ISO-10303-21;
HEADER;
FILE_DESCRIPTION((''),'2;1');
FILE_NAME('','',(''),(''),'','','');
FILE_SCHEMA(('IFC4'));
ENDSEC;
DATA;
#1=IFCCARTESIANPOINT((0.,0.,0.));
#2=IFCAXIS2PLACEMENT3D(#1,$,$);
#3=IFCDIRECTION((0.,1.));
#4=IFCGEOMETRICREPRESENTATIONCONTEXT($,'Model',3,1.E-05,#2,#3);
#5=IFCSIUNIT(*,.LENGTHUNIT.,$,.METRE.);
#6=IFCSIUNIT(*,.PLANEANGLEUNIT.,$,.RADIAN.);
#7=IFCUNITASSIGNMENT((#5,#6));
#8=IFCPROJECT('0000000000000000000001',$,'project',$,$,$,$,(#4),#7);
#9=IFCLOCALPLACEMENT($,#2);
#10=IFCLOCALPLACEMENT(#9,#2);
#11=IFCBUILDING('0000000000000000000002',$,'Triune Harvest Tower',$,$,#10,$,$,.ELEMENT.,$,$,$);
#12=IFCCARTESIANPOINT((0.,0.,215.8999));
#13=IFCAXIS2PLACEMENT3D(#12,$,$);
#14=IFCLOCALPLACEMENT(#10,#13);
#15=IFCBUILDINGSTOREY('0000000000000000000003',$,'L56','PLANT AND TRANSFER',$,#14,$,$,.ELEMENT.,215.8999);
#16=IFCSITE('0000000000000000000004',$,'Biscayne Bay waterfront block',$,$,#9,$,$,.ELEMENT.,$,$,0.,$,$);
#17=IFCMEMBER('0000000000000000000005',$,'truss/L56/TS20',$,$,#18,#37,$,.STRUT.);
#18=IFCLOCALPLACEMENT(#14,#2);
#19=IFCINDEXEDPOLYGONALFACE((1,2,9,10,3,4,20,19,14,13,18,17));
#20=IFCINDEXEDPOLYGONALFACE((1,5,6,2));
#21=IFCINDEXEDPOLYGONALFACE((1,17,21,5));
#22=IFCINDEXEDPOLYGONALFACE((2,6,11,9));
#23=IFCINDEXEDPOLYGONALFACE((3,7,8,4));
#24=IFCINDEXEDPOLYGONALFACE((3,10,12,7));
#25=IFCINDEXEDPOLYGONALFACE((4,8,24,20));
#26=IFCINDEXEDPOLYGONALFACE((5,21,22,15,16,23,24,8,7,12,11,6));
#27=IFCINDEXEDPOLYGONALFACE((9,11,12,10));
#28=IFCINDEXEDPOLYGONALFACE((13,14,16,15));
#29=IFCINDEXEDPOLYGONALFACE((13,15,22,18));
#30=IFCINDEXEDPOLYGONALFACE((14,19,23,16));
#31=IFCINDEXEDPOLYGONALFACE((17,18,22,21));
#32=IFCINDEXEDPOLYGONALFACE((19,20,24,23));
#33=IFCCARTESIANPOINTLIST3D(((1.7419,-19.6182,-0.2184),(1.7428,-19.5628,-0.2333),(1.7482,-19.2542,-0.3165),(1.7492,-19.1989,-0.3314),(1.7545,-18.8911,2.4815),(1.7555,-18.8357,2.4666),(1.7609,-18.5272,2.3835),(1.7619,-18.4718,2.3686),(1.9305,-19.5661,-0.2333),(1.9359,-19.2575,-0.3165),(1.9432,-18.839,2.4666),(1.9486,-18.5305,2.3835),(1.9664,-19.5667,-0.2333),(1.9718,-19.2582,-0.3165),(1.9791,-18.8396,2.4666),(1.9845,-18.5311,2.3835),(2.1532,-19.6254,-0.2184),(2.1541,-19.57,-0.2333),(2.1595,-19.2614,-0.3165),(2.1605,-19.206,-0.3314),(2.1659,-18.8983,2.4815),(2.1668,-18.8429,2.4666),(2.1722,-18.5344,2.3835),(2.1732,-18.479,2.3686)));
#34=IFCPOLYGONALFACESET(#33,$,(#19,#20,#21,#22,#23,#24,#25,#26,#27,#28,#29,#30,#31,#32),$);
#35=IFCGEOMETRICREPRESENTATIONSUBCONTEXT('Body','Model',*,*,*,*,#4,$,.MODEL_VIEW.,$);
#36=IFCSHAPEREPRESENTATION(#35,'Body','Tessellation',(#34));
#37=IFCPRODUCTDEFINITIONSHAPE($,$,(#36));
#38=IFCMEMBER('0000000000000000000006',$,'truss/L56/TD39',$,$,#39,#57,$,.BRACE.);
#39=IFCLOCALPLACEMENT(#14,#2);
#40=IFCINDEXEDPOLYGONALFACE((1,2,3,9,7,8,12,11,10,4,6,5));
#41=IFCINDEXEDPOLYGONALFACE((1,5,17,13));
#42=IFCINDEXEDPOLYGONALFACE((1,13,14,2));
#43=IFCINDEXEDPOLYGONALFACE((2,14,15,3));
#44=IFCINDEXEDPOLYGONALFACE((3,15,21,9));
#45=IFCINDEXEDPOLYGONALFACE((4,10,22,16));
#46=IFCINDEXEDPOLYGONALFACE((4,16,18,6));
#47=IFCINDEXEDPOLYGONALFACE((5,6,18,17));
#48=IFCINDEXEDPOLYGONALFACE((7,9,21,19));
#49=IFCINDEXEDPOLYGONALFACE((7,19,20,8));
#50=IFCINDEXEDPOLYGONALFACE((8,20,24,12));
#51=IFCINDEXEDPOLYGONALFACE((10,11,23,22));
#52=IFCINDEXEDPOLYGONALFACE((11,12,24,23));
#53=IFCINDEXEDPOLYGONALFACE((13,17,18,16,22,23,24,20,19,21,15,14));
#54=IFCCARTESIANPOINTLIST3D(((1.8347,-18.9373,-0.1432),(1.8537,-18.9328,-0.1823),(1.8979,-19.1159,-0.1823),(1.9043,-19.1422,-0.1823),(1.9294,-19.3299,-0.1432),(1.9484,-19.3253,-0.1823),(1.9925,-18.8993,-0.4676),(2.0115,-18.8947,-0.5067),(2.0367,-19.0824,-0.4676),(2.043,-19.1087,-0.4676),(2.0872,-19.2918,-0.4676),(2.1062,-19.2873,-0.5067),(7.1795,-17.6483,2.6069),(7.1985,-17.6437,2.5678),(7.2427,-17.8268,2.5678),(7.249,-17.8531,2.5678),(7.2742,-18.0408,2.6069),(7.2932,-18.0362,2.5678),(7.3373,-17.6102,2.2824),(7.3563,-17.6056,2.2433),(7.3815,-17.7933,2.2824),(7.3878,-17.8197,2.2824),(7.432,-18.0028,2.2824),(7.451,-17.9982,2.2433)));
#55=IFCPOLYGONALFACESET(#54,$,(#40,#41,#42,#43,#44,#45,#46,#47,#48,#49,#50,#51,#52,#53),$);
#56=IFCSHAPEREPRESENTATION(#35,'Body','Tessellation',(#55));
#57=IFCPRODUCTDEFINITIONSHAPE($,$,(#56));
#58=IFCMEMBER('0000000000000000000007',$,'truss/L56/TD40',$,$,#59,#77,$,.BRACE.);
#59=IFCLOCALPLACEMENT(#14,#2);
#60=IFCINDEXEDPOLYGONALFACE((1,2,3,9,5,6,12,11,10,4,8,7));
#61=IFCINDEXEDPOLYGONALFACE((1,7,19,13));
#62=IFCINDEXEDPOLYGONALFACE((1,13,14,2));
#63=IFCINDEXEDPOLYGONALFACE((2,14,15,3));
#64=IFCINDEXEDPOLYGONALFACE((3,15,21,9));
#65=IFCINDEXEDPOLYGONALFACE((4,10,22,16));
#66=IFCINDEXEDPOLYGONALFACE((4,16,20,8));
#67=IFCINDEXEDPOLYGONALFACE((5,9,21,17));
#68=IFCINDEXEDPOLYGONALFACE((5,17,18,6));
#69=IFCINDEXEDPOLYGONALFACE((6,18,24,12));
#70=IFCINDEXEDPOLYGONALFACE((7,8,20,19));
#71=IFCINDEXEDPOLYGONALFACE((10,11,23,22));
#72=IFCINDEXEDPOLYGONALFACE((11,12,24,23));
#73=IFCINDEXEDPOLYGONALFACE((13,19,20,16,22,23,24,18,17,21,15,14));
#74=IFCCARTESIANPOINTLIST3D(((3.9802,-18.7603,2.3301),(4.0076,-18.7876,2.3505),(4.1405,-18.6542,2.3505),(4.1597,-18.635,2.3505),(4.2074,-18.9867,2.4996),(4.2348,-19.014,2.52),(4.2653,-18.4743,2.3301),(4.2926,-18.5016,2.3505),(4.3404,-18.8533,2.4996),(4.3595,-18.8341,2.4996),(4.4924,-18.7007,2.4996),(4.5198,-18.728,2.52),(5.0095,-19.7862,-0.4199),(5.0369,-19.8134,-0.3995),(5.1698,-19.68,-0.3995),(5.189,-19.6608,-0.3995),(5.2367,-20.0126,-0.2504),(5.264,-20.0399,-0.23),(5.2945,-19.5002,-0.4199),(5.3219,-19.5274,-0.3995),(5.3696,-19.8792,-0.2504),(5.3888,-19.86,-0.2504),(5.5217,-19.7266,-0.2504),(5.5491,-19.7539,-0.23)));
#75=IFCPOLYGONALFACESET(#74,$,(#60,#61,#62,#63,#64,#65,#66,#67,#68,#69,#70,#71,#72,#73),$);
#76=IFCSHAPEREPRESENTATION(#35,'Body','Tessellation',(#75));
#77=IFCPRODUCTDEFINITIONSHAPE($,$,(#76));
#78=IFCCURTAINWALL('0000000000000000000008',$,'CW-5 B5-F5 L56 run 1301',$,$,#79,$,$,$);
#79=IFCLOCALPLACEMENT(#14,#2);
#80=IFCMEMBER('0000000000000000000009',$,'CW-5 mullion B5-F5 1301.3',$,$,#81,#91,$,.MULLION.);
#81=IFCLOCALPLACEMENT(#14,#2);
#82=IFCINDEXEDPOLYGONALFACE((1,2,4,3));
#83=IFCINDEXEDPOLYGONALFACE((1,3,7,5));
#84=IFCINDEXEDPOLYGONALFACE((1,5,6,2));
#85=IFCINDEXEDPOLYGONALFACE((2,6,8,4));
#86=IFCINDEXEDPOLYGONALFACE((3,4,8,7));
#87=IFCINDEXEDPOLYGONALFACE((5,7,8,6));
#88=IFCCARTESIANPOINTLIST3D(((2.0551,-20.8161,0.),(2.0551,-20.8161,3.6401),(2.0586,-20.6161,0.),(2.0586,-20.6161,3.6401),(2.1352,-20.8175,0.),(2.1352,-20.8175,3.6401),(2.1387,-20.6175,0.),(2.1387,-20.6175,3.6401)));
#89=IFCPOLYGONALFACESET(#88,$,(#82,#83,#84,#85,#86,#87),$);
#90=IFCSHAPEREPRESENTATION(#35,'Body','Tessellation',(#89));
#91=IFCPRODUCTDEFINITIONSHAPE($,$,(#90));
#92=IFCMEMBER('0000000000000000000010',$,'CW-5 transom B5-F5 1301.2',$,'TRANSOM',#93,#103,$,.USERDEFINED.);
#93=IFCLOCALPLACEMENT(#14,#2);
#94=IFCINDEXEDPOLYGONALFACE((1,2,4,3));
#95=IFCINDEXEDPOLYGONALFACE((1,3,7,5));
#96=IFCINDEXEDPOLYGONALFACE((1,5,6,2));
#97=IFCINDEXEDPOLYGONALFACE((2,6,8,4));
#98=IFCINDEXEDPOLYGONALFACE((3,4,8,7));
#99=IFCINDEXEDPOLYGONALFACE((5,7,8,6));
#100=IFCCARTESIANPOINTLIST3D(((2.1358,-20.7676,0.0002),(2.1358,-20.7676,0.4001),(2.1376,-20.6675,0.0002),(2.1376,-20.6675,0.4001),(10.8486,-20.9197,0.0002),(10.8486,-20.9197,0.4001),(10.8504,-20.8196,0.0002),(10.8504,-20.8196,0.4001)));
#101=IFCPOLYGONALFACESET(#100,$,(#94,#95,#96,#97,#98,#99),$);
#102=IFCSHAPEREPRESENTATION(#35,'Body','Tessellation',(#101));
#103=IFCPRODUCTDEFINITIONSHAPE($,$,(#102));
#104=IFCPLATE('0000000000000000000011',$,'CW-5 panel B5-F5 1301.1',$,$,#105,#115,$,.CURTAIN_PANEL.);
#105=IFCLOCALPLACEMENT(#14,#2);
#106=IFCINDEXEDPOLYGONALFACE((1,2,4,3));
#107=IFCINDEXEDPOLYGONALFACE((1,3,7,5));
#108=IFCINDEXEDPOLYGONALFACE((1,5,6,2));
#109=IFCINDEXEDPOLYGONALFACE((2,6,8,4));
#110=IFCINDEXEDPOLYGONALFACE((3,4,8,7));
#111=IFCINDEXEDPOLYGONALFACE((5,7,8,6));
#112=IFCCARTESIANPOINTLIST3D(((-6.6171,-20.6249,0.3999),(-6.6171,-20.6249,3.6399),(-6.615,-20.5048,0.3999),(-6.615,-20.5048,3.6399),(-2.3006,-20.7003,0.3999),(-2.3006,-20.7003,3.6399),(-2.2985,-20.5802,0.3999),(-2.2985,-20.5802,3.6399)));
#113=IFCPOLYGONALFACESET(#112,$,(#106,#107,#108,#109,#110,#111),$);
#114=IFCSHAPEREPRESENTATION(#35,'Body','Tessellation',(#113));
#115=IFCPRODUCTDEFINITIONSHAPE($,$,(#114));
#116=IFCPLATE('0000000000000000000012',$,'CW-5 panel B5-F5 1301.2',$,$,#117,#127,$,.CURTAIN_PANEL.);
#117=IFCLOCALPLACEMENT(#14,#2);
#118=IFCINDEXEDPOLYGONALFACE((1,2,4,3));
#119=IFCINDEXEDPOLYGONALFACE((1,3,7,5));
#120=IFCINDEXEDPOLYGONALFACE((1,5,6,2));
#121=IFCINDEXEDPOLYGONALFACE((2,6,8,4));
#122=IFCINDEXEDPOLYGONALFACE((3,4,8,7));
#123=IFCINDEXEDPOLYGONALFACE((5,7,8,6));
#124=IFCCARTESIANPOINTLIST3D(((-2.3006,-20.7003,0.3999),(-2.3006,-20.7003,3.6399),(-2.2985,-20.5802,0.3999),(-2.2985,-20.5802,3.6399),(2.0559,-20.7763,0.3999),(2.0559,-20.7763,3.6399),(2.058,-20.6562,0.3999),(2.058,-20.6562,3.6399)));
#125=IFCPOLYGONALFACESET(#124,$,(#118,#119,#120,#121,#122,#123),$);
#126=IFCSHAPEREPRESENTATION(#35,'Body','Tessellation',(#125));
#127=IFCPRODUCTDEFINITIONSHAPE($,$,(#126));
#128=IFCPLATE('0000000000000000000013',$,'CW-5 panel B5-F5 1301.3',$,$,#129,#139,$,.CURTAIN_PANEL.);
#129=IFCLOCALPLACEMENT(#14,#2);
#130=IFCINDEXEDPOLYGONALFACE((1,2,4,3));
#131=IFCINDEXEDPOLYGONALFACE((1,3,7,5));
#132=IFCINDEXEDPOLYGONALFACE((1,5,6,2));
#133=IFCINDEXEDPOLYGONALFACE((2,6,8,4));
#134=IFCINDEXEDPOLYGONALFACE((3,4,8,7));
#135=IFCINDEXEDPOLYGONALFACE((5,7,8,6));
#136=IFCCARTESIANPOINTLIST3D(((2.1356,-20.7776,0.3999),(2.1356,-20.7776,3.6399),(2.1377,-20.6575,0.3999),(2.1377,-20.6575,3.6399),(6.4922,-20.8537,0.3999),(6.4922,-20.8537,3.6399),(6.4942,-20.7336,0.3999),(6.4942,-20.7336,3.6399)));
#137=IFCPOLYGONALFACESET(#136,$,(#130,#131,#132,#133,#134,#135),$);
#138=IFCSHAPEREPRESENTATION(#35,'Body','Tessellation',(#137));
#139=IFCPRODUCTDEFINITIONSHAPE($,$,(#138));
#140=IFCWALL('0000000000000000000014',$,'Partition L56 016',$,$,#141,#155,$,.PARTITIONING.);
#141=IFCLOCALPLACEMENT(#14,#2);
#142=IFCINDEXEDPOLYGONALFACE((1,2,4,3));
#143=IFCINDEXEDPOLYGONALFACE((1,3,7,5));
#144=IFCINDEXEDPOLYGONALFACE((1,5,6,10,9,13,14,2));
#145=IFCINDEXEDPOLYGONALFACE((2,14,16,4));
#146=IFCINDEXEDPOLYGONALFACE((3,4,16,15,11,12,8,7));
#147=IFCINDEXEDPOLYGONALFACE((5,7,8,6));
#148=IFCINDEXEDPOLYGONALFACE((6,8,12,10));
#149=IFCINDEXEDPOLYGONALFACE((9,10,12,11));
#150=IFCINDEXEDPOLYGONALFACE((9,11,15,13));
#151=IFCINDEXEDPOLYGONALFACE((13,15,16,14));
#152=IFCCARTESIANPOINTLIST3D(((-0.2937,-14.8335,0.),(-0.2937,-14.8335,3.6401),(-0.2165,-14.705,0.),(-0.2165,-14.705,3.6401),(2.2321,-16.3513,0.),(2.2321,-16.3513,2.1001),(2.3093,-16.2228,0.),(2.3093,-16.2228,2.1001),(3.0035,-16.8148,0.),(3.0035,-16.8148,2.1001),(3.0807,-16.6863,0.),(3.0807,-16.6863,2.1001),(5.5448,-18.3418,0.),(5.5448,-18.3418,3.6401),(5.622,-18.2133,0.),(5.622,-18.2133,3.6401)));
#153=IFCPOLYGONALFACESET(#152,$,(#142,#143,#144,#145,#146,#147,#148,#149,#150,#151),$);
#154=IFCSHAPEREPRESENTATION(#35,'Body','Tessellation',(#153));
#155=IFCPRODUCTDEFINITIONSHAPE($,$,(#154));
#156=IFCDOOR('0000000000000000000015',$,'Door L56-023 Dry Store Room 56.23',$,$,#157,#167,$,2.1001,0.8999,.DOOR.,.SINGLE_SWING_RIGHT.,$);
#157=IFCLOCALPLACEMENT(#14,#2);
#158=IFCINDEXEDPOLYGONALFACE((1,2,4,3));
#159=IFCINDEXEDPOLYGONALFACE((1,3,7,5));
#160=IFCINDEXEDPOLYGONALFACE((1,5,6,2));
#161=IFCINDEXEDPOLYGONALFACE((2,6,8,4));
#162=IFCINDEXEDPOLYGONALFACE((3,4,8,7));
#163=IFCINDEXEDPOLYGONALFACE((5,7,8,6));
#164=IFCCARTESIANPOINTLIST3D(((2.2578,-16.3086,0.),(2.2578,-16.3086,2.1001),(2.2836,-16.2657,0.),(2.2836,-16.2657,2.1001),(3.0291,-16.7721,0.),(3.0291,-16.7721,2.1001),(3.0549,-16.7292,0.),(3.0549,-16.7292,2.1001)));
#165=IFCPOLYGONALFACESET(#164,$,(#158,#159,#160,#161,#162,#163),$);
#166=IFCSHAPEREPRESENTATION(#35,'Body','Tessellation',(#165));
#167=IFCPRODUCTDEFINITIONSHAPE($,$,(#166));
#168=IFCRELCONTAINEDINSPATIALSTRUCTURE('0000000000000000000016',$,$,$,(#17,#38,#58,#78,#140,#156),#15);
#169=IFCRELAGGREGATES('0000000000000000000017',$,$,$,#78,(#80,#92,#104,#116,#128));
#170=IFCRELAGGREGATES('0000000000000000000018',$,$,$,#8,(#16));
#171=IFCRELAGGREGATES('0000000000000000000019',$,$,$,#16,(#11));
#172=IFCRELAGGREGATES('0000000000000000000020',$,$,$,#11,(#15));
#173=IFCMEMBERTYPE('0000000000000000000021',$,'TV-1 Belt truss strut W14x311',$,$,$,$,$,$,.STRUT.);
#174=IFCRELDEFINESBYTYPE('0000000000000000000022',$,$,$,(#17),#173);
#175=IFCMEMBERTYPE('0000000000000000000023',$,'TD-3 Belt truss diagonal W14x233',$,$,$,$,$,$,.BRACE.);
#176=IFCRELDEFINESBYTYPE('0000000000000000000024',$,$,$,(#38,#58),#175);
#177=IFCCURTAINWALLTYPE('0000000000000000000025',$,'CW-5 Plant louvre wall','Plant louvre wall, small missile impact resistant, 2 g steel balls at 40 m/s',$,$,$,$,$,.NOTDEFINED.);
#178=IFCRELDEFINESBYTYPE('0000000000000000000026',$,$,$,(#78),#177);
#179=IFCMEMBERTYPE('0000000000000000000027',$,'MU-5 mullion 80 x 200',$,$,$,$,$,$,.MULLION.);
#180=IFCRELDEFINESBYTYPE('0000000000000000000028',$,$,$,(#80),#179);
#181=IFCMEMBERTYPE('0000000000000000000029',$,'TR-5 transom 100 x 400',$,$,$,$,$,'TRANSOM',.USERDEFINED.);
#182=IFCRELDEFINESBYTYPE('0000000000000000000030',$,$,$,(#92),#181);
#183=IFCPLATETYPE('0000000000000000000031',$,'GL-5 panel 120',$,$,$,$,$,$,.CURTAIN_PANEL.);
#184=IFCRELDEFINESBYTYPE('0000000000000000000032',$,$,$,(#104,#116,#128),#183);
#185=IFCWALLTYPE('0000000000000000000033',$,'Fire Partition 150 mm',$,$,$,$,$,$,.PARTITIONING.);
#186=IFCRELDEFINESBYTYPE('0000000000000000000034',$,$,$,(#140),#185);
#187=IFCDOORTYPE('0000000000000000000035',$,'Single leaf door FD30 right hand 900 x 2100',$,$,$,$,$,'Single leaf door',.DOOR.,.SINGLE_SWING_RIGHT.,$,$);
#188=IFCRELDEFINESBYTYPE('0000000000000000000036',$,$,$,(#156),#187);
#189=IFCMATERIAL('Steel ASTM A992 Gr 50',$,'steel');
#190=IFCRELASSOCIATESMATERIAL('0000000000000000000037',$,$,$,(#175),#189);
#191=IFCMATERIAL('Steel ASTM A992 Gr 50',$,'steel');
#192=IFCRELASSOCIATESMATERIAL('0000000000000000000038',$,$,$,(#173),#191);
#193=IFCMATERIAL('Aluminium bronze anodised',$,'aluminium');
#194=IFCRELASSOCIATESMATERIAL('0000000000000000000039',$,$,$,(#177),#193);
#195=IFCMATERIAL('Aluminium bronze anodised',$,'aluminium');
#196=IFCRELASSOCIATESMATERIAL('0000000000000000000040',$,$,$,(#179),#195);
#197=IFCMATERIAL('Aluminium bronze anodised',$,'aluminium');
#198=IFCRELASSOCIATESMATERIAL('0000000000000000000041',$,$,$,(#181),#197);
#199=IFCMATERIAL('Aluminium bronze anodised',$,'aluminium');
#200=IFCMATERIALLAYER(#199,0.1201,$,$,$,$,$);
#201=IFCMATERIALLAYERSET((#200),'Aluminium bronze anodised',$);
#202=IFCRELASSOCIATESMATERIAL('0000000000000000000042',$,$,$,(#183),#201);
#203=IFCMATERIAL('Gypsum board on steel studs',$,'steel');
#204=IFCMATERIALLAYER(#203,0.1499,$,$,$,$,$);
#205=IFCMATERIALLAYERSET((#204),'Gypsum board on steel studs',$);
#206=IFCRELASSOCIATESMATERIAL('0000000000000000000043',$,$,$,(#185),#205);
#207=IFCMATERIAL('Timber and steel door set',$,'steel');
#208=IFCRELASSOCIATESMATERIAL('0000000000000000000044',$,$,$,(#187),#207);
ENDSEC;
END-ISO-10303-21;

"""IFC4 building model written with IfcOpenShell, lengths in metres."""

from ifc_helpers import new_model, si_unit, direction, frame, frame_2d, origin, origin_2d, place, context, subcontext, project, spatial, rectangle, i_section, extrude, source, transform, mapped, material, layer, layer_set, material_profile, profile_set, type_object, element, fill, aggregate, save


model = new_model("IFC4")

# Units and contexts
model_context = context("Model", 3, precision=1e-05, world=origin(), true_north=direction((0.0, 1.0)))
body_context = subcontext(model_context, "Body", "Model", "MODEL_VIEW")
ifc_project = project(units=[si_unit("LENGTHUNIT", "METRE"), si_unit("PLANEANGLEUNIT", "RADIAN")], contexts=[model_context])

# Site, building, storey
site_placement = place(None, origin())
site = spatial("IfcSite", under=ifc_project, at=site_placement, Name="Biscayne Bay waterfront block", CompositionType="ELEMENT", RefElevation=0.0)
building_placement = place(site_placement, origin())
building = spatial("IfcBuilding", under=site, at=building_placement, Name="Triune Harvest Tower", CompositionType="ELEMENT")
storey_placement = place(building_placement, frame((0.0, 0.0, 215.8999)))
storey = spatial("IfcBuildingStorey", under=building, at=storey_placement, Name="L56", Description="PLANT AND TRANSFER", CompositionType="ELEMENT", Elevation=215.8999)

# Shared definitions
ifc_material_1 = material(Name="Steel ASTM A992 Gr 50", Category="steel")
ifc_material_profile_1 = material_profile(ifc_material_1, i_section(OverallWidth=0.4038, OverallDepth=0.4065, WebThickness=0.0271, FlangeThickness=0.0437, at=origin_2d()), Name="W14x233")
ifc_profile_set_1 = profile_set([ifc_material_profile_1], Name="Steel ASTM A992 Gr 50")
member_type_1 = type_object("IfcMemberType", Name="TD-3 Belt truss diagonal W14x233", PredefinedType="BRACE", material=ifc_profile_set_1)

# Members
ifc_material_2 = material(Name="Steel ASTM A992 Gr 50", Category="steel")
ifc_material_profile_2 = material_profile(ifc_material_2, i_section(OverallWidth=0.4114, OverallDepth=0.4343, WebThickness=0.0359, FlangeThickness=0.0574, at=origin_2d()), Name="W14x311")
ifc_profile_set_2 = profile_set([ifc_material_profile_2], Name="Steel ASTM A992 Gr 50")
member_type_2 = type_object("IfcMemberType", Name="TV-1 Belt truss strut W14x311", PredefinedType="STRUT", material=ifc_profile_set_2)
shared_shape_1 = source(origin(), body_context, "Body", "SweptSolid", [
    extrude(i_section(OverallWidth=0.4114, OverallDepth=0.4343, WebThickness=0.0359, FlangeThickness=0.0574, at=origin_2d()), origin(), (0.0, 0.0, 1.0), 2.7961),
])
member_1_placement = place(storey_placement, frame((1.9512, -19.4121, -0.2749), z_axis=(0.00454, 0.260018, 0.965593), x_axis=(-0.999848, 0.017459, 0.0)))
element("IfcMember", 1, at=member_1_placement, inside=storey, type_object=member_type_2, Name="truss/L56/TS20", PredefinedType="STRUT", context=body_context, shape_type="MappedRepresentation", body=[
    mapped(shared_shape_1, transform((0.0, 0.0, 0.0), scale=1.0)),
])
shared_shape_2 = source(origin(), body_context, "Body", "SweptSolid", [
    extrude(i_section(OverallWidth=0.4038, OverallDepth=0.4065, WebThickness=0.0271, FlangeThickness=0.0437, at=origin_2d()), origin(), (0.0, 0.0, 1.0), 6.1475),
])
member_2_placement = place(storey_placement, frame((1.9705, -19.1123, -0.325), z_axis=(0.869432, 0.209693, 0.447345), x_axis=(-0.234461, 0.972125, 0.0)))
element("IfcMember", 2, at=member_2_placement, inside=storey, type_object=member_type_1, Name="truss/L56/TD39", PredefinedType="BRACE", context=body_context, shape_type="MappedRepresentation", body=[
    mapped(shared_shape_2, transform((0.0, 0.0, 0.0), scale=1.0)),
])
shared_shape_3 = source(origin(), body_context, "Body", "SweptSolid", [
    extrude(i_section(OverallWidth=0.4038, OverallDepth=0.4065, WebThickness=0.0271, FlangeThickness=0.0437, at=origin_2d()), origin(), (0.0, 0.0, 1.0), 3.1104),
])
member_3_placement = place(storey_placement, frame((5.2793, -19.77, -0.325), z_axis=(-0.330925, 0.329826, 0.88414), x_axis=(-0.70593, -0.708282, 0.0)))
element("IfcMember", 3, at=member_3_placement, inside=storey, type_object=member_type_1, Name="truss/L56/TD40", PredefinedType="BRACE", context=body_context, shape_type="MappedRepresentation", body=[
    mapped(shared_shape_3, transform((0.0, 0.0, 0.0), scale=1.0)),
])

# Curtain wall, members, plates
ifc_material_3 = material(Name="Aluminium bronze anodised", Category="aluminium")
curtain_wall_type = type_object("IfcCurtainWallType", Name="CW-5 Plant louvre wall", Description="Plant louvre wall, small missile impact resistant, 2 g steel balls at 40 m/s", PredefinedType="NOTDEFINED", material=ifc_material_3)
curtain_wall_placement = place(storey_placement, origin())
curtain_wall = element("IfcCurtainWall", 4, at=curtain_wall_placement, inside=storey, type_object=curtain_wall_type, Name="CW-5 B5-F5 L56 run 1301")
ifc_material_4 = material(Name="Aluminium bronze anodised", Category="aluminium")
ifc_material_profile_3 = material_profile(ifc_material_4, rectangle(XDim=0.2, YDim=0.0801, at=origin_2d()), Name="MU-5 mullion 80 x 200")
ifc_profile_set_3 = profile_set([ifc_material_profile_3], Name="Aluminium bronze anodised")
member_type_3 = type_object("IfcMemberType", Name="MU-5 mullion 80 x 200", PredefinedType="MULLION", material=ifc_profile_set_3)
shared_shape_4 = source(origin(), body_context, "Body", "SweptSolid", [
    extrude(rectangle(XDim=0.2, YDim=0.0801, at=origin_2d()), origin(), (0.0, 0.0, 1.0), 3.6401),
])
member_4_placement = place(storey_placement, frame((2.0969, -20.7168, 0.0), z_axis=(0.0, 0.0, 1.0), x_axis=(0.01745, 0.999848, 0.0)))
member_4 = element("IfcMember", 5, at=member_4_placement, type_object=member_type_3, Name="CW-5 mullion B5-F5 1301.3", PredefinedType="MULLION", context=body_context, shape_type="MappedRepresentation", body=[
    mapped(shared_shape_4, transform((0.0, 0.0, 0.0), scale=1.0)),
])
ifc_material_5 = material(Name="Aluminium bronze anodised", Category="aluminium")
ifc_material_profile_4 = material_profile(ifc_material_5, rectangle(XDim=0.1001, YDim=0.3999, at=origin_2d()), Name="TR-5 transom 100 x 400")
ifc_profile_set_4 = profile_set([ifc_material_profile_4], Name="Aluminium bronze anodised")
member_type_4 = type_object("IfcMemberType", Name="TR-5 transom 100 x 400", ElementType="TRANSOM", PredefinedType="USERDEFINED", material=ifc_profile_set_4)
shared_shape_5 = source(origin(), body_context, "Body", "SweptSolid", [
    extrude(rectangle(XDim=0.1001, YDim=0.3999, at=origin_2d()), origin(), (0.0, 0.0, 1.0), 8.7141),
])
member_5_placement = place(storey_placement, frame((2.1367, -20.7175, 0.2002), z_axis=(0.999848, -0.017454, 0.0), x_axis=(0.017454, 0.999848, 0.0)))
member_5 = element("IfcMember", 6, at=member_5_placement, type_object=member_type_4, Name="CW-5 transom B5-F5 1301.2", ObjectType="TRANSOM", PredefinedType="USERDEFINED", context=body_context, shape_type="MappedRepresentation", body=[
    mapped(shared_shape_5, transform((0.0, 0.0, 0.0), scale=1.0)),
])
ifc_material_6 = material(Name="Aluminium bronze anodised", Category="aluminium")
ifc_layer_1 = layer(ifc_material_6, 0.1201)
ifc_layer_set_1 = layer_set([ifc_layer_1], Name="Aluminium bronze anodised")
plate_type = type_object("IfcPlateType", Name="GL-5 panel 120", PredefinedType="CURTAIN_PANEL", material=ifc_layer_set_1)
plate_1_placement = place(storey_placement, frame((-4.4578, -20.6025, 0.3999), z_axis=(0.0, 0.0, 1.0), x_axis=(0.999848, -0.01745, 0.0)))
plate_1 = element("IfcPlate", 7, at=plate_1_placement, type_object=plate_type, Name="CW-5 panel B5-F5 1301.1", PredefinedType="CURTAIN_PANEL", context=body_context, shape_type="SweptSolid", body=[
    extrude(rectangle(XDim=4.3171, YDim=0.1201, at=origin_2d()), origin(), (0.0, 0.0, 1.0), 3.24),
])
shared_shape_6 = source(origin(), body_context, "Body", "SweptSolid", [
    extrude(rectangle(XDim=4.3572, YDim=0.1201, at=origin_2d()), origin(), (0.0, 0.0, 1.0), 3.24),
])
plate_2_placement = place(storey_placement, frame((-0.1213, -20.6782, 0.3999), z_axis=(0.0, 0.0, 1.0), x_axis=(0.999848, -0.01745, 0.0)))
plate_2 = element("IfcPlate", 8, at=plate_2_placement, type_object=plate_type, Name="CW-5 panel B5-F5 1301.2", PredefinedType="CURTAIN_PANEL", context=body_context, shape_type="MappedRepresentation", body=[
    mapped(shared_shape_6, transform((0.0, 0.0, 0.0), scale=1.0)),
])
plate_3_placement = place(storey_placement, frame((4.3149, -20.7556, 0.3999), z_axis=(0.0, 0.0, 1.0), x_axis=(0.999848, -0.01745, 0.0)))
plate_3 = element("IfcPlate", 9, at=plate_3_placement, type_object=plate_type, Name="CW-5 panel B5-F5 1301.3", PredefinedType="CURTAIN_PANEL", context=body_context, shape_type="MappedRepresentation", body=[
    mapped(shared_shape_6, transform((0.0, 0.0, 0.0), scale=1.0)),
])
aggregate(curtain_wall, [member_4, member_5, plate_1, plate_2, plate_3])

# Wall, opening, door
ifc_material_7 = material(Name="Gypsum board on steel studs", Category="steel")
ifc_layer_2 = layer(ifc_material_7, 0.1499)
ifc_layer_set_2 = layer_set([ifc_layer_2], Name="Gypsum board on steel studs")
wall_type_1 = type_object("IfcWallType", Name="Fire Partition 150 mm", PredefinedType="PARTITIONING", material=ifc_layer_set_2)
wall_1_placement = place(storey_placement, frame((-0.2551, -14.7693, 0.0), z_axis=(0.0, 0.0, 1.0), x_axis=(0.857161, -0.515049, 0.0)))
wall_1 = element("IfcWall", 10, at=wall_1_placement, inside=storey, type_object=wall_type_1, Name="Partition L56 016", PredefinedType="PARTITIONING", context=body_context, shape_type="SweptSolid", body=[
    extrude(rectangle(XDim=6.8115, YDim=0.1499, at=frame_2d((3.4058, 0.0))), origin(), (0.0, 0.0, 1.0), 3.6401),
])
opening_placement = place(wall_1_placement, frame((2.9468, 0.0, 0.0)))
opening = element("IfcOpeningElement", 11, at=opening_placement, cuts=wall_1, PredefinedType="OPENING", context=body_context, shape_type="SweptSolid", body=[
    extrude(rectangle(XDim=0.8999, YDim=2.1001, at=frame_2d((0.45, 1.05))), frame((0.0, 0.085, 0.0), z_axis=(0.0, -1.0, 0.0), x_axis=(1.0, 0.0, 0.0)), (0.0, 0.0, 1.0), 0.1699),
])
ifc_material_8 = material(Name="Timber and steel door set", Category="steel")
door_type = type_object("IfcDoorType", Name="Single leaf door FD30 right hand 900 x 2100", ElementType="Single leaf door", OperationType="SINGLE_SWING_RIGHT", PredefinedType="DOOR", material=ifc_material_8)
door_placement = place(opening_placement, origin())
door = element("IfcDoor", 12, at=door_placement, inside=storey, type_object=door_type, Name="Door L56-023 Dry Store Room 56.23", OperationType="SINGLE_SWING_RIGHT", OverallHeight=2.1001, OverallWidth=0.8999, PredefinedType="DOOR", context=body_context, shape_type="SweptSolid", body=[
    extrude(rectangle(XDim=0.8999, YDim=2.1001, at=frame_2d((0.45, 1.05))), frame((0.0, 0.0249, 0.0), z_axis=(0.0, -1.0, 0.0), x_axis=(1.0, 0.0, 0.0)), (0.0, 0.0, 1.0), 0.05),
])
fill(opening, door)

save(model, "model.ifc")
